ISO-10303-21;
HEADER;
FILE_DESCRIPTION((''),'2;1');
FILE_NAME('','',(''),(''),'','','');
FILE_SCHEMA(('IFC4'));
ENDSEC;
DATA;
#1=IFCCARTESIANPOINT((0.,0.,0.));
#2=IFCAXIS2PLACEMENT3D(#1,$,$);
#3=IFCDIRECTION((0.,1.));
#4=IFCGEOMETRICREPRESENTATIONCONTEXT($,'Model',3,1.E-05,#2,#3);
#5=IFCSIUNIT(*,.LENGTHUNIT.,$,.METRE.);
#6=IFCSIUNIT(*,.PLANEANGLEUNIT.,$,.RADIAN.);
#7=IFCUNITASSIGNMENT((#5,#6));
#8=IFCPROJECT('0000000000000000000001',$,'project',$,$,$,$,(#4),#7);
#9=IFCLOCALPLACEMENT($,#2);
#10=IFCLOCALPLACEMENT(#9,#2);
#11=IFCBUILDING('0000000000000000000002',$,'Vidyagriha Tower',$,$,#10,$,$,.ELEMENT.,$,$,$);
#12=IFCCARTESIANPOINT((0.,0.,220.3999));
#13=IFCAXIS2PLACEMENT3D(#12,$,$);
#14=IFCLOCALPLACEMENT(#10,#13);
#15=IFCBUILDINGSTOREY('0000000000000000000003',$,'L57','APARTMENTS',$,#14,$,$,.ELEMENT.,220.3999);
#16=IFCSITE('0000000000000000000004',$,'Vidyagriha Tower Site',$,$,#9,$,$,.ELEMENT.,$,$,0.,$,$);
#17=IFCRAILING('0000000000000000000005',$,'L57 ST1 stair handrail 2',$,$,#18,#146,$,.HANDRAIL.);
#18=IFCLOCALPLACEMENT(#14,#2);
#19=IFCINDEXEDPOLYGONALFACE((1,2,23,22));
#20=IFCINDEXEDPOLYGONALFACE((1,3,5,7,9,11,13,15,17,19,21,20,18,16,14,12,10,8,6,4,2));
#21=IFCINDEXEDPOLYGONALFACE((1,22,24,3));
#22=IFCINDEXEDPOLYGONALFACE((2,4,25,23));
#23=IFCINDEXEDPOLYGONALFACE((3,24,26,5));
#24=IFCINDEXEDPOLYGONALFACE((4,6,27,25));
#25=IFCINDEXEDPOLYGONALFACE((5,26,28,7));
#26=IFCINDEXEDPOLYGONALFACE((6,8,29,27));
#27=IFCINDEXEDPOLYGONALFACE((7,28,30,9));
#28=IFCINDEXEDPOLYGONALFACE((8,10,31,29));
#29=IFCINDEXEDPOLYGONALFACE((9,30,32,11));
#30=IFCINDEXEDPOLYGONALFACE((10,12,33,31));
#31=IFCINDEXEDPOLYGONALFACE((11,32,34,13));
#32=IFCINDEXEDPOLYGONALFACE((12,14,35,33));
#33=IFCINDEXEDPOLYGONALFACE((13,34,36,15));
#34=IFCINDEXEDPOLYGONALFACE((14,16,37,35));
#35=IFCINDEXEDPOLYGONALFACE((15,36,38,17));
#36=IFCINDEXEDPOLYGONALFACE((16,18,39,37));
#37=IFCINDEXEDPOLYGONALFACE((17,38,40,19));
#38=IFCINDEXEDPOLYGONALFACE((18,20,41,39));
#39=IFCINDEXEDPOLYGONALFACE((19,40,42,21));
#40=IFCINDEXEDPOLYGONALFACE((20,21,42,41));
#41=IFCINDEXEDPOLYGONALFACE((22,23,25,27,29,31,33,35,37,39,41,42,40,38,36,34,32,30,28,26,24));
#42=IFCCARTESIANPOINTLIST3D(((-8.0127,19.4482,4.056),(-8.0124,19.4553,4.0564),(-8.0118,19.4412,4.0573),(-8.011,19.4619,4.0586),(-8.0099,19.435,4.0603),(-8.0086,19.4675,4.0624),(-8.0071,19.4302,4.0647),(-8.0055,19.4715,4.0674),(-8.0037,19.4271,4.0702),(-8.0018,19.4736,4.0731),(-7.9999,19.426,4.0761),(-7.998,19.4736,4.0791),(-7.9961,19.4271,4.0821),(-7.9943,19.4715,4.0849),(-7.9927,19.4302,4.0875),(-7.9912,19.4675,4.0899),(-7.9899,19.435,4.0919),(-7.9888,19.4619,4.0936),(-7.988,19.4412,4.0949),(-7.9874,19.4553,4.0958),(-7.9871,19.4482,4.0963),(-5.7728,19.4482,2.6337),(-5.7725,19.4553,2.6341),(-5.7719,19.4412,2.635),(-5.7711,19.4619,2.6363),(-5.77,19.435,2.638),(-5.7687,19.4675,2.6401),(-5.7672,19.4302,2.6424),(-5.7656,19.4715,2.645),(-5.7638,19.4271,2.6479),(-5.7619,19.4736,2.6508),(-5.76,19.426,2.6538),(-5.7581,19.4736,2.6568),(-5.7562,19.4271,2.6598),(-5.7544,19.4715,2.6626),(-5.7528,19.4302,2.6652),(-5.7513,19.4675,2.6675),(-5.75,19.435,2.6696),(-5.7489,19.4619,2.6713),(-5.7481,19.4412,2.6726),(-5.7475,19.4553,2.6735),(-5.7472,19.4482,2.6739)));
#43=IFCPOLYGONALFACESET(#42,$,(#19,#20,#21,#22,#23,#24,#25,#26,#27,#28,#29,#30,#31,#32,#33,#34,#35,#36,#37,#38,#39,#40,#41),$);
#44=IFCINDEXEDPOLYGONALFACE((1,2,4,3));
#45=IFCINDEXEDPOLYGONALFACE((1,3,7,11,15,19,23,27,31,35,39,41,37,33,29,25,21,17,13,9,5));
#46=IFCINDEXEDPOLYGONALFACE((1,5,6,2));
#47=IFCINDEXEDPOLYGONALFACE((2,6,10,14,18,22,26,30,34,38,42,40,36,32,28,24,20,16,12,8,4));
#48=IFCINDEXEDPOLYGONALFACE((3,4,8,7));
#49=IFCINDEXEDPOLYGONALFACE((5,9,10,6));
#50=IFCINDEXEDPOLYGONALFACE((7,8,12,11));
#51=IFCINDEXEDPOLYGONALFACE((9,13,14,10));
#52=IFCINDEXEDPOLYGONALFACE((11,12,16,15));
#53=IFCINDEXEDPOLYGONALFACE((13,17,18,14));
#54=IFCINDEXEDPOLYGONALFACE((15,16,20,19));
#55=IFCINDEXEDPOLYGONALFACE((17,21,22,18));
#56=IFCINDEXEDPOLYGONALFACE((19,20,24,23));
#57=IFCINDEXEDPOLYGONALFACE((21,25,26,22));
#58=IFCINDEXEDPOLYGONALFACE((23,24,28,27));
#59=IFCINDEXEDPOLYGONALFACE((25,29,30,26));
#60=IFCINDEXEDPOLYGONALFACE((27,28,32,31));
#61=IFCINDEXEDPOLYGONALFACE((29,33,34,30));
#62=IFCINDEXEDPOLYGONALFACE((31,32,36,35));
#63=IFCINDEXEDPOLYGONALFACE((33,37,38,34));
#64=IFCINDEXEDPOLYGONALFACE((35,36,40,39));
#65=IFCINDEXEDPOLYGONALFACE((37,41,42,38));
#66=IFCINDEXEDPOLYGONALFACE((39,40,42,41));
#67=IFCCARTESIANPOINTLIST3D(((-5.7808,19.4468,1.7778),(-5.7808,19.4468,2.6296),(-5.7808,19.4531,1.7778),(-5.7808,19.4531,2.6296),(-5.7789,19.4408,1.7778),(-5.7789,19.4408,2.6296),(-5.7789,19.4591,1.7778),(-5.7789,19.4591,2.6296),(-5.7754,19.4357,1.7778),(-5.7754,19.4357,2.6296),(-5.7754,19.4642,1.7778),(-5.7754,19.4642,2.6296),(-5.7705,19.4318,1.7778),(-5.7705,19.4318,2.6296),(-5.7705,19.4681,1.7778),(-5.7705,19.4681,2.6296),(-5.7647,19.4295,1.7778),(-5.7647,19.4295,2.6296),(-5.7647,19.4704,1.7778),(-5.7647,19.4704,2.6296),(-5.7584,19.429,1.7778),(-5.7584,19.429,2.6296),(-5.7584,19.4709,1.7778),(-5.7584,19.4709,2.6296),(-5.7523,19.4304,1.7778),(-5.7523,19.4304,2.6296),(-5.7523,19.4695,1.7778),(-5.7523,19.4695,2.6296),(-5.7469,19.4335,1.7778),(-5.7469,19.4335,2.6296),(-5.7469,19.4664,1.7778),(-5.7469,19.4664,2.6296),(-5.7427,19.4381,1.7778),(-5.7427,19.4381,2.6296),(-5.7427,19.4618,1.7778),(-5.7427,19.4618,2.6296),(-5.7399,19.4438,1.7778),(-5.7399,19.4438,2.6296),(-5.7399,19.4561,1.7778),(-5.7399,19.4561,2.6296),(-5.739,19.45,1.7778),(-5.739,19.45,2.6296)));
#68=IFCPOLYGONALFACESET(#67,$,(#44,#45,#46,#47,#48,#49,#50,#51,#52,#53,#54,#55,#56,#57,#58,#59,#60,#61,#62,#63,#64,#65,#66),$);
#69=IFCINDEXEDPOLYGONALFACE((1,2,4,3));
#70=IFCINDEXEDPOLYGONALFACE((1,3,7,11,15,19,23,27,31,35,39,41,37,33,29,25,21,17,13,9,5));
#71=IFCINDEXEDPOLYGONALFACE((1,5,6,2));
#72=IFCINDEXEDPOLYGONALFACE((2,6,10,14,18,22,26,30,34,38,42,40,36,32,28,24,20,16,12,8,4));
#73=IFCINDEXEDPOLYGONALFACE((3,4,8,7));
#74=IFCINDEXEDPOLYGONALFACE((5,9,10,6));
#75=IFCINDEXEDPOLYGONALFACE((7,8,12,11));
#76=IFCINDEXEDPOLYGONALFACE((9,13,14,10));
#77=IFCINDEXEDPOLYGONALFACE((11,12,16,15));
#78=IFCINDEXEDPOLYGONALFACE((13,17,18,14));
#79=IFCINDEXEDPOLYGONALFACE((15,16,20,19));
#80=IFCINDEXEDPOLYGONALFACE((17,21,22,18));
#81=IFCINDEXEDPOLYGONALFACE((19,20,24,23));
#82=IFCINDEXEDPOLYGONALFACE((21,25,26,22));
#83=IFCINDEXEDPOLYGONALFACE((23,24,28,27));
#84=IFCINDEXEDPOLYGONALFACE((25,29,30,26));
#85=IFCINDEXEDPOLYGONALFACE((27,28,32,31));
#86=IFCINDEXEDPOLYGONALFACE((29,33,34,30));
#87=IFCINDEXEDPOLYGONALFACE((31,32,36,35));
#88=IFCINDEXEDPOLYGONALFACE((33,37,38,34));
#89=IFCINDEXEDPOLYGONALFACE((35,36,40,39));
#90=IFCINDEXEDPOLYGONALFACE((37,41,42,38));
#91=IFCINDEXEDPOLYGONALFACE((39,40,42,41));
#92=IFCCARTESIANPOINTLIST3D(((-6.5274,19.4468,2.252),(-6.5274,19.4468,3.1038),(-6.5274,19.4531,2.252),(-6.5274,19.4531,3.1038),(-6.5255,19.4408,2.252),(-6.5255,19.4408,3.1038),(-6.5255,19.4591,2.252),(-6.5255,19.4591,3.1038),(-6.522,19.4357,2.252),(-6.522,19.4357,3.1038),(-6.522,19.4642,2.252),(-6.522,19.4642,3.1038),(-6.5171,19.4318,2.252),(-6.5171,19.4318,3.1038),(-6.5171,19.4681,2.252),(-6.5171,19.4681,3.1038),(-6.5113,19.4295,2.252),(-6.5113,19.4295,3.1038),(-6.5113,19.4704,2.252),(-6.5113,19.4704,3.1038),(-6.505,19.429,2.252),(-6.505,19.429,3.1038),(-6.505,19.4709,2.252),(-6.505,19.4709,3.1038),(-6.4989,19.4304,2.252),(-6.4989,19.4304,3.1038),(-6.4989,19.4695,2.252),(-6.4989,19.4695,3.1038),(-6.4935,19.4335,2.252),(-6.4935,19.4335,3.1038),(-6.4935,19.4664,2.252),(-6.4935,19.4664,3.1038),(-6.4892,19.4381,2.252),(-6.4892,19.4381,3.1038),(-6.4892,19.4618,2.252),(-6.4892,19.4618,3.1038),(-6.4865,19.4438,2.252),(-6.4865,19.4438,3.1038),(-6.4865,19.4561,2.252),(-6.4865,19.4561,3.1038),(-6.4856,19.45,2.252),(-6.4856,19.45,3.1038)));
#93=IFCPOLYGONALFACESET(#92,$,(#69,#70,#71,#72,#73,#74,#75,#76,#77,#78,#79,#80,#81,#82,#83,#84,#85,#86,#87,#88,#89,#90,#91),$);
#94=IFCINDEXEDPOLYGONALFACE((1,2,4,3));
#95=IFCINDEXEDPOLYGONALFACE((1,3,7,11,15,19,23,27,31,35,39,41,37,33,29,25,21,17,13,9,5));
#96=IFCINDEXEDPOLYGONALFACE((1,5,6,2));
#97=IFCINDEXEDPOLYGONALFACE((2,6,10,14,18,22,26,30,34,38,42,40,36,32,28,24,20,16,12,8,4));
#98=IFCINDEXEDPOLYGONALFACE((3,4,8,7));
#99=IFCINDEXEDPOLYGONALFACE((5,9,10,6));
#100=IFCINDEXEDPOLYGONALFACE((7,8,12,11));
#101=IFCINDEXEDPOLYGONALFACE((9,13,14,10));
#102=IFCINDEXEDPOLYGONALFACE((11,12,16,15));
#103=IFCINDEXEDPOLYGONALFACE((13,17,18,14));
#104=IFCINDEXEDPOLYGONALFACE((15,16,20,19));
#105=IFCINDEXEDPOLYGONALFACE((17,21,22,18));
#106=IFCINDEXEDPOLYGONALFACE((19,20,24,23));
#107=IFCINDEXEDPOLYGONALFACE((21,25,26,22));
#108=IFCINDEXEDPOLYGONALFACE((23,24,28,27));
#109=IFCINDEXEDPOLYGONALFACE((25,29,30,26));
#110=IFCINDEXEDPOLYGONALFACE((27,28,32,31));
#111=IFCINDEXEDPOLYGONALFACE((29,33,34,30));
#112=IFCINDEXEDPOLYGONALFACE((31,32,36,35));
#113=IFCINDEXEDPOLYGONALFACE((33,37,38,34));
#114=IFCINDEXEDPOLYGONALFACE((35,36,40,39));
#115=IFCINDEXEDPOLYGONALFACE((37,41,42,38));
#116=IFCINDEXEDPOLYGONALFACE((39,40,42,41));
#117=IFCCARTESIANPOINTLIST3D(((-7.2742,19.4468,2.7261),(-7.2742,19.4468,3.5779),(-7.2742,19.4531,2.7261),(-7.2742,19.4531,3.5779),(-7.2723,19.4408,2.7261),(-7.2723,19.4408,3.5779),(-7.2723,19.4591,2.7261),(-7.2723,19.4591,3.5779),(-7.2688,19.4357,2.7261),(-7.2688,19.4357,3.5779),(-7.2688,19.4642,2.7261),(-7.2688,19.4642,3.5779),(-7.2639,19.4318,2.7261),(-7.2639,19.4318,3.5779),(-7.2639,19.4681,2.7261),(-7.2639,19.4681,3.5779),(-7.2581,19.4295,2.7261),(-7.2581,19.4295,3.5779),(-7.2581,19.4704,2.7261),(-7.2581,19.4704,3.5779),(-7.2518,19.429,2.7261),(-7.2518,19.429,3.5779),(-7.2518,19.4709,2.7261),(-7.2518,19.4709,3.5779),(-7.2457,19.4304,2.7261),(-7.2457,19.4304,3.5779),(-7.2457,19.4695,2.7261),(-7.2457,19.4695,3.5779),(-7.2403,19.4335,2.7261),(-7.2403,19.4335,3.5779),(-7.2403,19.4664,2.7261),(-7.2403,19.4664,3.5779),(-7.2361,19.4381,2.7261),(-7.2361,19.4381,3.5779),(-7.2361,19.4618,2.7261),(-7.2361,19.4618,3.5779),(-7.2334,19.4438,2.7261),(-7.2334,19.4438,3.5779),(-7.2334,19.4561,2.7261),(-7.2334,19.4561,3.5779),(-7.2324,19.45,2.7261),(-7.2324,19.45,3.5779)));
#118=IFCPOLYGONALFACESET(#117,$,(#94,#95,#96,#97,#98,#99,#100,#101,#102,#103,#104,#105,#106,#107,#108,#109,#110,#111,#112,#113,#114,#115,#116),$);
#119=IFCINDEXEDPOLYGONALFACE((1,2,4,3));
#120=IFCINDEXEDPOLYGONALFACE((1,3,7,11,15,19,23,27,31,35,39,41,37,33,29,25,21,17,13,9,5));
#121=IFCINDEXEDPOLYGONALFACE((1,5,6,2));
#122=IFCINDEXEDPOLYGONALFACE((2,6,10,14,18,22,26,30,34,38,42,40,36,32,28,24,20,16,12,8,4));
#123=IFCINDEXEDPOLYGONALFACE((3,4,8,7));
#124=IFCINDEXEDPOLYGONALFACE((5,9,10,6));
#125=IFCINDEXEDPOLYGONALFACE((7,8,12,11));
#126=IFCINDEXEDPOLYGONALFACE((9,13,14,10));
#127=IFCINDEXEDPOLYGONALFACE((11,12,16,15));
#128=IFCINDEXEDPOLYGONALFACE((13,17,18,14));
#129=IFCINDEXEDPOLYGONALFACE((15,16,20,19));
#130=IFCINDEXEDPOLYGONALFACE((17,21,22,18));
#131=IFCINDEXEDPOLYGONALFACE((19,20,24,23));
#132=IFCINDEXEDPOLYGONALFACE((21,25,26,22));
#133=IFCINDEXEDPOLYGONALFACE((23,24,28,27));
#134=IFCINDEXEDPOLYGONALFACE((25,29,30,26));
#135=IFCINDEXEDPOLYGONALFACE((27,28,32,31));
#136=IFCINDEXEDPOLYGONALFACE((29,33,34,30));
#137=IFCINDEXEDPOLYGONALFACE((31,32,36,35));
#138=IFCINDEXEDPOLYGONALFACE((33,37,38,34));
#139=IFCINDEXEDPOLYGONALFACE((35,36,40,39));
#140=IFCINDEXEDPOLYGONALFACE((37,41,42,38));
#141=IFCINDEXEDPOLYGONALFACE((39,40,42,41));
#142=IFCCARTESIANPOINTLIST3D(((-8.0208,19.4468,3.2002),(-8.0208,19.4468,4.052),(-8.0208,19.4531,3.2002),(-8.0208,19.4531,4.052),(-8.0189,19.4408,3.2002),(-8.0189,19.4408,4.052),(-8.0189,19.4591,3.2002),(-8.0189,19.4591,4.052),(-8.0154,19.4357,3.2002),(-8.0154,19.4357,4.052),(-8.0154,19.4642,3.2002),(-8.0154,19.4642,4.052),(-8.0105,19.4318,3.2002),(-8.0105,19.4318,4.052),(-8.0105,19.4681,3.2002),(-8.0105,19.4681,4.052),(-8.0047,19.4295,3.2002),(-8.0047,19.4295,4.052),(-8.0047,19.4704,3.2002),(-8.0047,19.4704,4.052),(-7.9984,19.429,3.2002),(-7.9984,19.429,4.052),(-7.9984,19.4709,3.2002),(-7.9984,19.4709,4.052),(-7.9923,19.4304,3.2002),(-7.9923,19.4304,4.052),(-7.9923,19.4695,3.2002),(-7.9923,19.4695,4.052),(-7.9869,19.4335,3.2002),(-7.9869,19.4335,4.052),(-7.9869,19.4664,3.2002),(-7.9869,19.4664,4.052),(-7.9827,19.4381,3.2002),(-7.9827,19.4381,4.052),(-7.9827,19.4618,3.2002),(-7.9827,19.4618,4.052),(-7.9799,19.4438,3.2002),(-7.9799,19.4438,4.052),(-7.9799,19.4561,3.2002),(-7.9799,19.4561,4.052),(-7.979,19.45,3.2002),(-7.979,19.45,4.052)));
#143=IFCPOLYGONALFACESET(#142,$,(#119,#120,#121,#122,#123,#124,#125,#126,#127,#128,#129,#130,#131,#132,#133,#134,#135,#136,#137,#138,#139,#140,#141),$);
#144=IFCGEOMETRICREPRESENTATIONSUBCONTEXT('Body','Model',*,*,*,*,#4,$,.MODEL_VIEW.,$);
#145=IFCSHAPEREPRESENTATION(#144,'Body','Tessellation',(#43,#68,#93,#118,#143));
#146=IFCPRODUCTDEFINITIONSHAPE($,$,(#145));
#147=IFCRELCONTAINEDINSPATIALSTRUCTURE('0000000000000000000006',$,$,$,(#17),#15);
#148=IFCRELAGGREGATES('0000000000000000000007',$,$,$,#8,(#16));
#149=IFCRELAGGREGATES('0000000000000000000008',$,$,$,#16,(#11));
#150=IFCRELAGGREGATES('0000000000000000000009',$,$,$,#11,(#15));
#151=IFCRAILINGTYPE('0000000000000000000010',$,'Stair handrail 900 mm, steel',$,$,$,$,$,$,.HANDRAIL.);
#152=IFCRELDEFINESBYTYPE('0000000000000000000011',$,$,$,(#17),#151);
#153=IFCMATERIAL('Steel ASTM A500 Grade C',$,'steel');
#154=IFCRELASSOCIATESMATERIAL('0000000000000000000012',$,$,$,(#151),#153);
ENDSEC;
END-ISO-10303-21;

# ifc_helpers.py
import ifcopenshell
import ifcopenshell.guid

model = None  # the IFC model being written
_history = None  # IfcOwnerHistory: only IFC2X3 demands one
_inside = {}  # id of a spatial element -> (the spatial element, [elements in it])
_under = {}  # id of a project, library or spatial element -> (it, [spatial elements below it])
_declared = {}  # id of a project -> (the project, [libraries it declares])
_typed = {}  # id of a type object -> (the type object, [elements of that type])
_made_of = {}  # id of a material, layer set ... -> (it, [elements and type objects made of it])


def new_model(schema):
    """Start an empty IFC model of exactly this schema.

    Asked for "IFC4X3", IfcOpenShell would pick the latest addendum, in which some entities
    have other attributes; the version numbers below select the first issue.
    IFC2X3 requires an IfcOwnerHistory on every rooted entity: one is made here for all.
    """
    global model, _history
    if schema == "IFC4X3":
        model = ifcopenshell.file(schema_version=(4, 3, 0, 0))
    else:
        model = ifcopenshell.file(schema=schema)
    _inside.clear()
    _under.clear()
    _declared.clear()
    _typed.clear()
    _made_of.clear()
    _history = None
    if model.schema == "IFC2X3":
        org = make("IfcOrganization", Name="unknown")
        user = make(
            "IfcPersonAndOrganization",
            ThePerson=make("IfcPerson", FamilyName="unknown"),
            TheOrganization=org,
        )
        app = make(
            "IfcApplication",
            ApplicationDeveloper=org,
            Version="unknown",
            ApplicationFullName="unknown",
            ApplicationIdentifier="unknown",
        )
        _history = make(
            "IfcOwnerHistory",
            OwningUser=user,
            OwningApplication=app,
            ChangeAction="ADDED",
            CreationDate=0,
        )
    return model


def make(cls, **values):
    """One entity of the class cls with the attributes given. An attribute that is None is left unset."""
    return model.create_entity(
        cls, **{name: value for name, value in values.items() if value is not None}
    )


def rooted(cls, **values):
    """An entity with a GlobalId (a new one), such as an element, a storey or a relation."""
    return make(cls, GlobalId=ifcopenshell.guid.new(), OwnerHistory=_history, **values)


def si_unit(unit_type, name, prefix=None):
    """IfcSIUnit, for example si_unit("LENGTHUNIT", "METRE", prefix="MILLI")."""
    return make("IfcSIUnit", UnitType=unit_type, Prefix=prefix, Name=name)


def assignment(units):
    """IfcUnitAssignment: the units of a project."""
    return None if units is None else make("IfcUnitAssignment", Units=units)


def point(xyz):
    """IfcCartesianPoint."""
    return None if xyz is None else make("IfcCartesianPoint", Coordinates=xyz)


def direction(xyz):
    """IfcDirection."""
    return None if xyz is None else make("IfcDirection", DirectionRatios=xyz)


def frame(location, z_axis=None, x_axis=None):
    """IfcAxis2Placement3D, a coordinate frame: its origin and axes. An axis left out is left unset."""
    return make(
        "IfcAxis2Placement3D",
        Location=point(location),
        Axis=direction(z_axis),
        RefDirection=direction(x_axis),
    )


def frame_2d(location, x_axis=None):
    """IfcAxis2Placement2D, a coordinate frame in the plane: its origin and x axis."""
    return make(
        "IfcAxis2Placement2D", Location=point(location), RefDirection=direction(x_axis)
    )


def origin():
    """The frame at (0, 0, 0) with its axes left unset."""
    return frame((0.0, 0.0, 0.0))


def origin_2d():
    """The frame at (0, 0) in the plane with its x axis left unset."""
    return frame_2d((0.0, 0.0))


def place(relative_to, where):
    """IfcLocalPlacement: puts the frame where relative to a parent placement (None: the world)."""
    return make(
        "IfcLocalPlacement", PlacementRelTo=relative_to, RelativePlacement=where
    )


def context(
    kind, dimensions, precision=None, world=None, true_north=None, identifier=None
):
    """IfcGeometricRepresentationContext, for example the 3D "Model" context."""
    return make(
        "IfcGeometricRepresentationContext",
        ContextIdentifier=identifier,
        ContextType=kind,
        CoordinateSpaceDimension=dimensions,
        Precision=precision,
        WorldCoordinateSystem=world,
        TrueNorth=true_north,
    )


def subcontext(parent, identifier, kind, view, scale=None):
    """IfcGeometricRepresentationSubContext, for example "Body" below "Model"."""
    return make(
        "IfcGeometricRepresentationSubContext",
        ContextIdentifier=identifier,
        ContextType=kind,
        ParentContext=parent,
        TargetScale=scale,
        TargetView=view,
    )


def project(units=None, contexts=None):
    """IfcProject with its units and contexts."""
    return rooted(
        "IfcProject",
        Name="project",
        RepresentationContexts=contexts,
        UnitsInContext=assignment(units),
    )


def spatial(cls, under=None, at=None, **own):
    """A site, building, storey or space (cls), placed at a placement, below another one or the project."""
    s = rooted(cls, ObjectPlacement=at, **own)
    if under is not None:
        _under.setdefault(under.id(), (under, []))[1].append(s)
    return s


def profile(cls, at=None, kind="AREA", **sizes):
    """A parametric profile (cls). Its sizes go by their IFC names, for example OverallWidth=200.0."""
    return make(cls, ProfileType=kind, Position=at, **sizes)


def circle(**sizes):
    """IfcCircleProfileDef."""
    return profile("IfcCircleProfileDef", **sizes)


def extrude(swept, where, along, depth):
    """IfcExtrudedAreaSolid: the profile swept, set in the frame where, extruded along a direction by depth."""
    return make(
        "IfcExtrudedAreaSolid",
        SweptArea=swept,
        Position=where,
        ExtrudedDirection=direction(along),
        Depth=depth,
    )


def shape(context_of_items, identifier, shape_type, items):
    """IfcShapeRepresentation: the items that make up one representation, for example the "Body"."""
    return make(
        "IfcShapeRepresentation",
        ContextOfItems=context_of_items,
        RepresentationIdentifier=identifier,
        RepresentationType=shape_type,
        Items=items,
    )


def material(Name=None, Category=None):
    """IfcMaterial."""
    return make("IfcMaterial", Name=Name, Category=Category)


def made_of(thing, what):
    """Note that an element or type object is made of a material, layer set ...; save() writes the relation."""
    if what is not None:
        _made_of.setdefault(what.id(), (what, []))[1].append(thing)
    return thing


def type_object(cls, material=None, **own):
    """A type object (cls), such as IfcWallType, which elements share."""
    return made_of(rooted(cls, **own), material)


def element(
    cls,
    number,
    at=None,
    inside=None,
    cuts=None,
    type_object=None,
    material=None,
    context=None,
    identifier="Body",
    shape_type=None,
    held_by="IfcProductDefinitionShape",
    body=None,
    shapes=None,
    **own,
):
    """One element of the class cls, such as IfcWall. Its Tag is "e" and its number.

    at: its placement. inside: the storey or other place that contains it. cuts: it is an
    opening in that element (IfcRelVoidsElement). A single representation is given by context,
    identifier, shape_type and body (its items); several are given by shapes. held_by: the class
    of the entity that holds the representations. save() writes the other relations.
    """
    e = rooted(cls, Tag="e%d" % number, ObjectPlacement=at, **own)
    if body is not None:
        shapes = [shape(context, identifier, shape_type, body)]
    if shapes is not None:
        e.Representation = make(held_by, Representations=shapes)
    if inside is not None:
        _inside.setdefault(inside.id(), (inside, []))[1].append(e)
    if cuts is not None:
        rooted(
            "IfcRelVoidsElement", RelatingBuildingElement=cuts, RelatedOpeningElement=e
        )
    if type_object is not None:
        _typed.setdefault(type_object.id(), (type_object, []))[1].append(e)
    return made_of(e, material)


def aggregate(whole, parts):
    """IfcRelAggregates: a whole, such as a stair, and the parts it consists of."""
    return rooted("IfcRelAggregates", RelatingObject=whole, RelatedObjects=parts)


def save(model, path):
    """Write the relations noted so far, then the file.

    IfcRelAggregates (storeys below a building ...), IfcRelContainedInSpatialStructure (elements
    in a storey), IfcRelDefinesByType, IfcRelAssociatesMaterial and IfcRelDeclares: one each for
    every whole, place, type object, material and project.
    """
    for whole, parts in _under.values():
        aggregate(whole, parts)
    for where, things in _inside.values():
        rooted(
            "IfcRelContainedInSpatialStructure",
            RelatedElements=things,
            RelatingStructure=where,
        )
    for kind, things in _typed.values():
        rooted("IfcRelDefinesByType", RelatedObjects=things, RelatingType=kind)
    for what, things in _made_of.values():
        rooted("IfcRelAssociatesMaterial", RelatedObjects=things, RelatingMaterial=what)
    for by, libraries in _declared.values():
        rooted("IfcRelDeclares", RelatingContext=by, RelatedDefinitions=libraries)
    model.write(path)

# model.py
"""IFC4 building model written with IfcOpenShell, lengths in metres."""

from ifc_helpers import new_model, si_unit, direction, frame, origin, origin_2d, place, context, subcontext, project, spatial, circle, extrude, material, type_object, element, save


model = new_model("IFC4")

# Units and contexts
model_context = context("Model", 3, precision=1e-05, world=origin(), true_north=direction((0.0, 1.0)))
body_context = subcontext(model_context, "Body", "Model", "MODEL_VIEW")
ifc_project = project(units=[si_unit("LENGTHUNIT", "METRE"), si_unit("PLANEANGLEUNIT", "RADIAN")], contexts=[model_context])

# Site, building, storey
site_placement = place(None, origin())
site = spatial("IfcSite", under=ifc_project, at=site_placement, Name="Vidyagriha Tower Site", CompositionType="ELEMENT", RefElevation=0.0)
building_placement = place(site_placement, origin())
building = spatial("IfcBuilding", under=site, at=building_placement, Name="Vidyagriha Tower", CompositionType="ELEMENT")
storey_placement = place(building_placement, frame((0.0, 0.0, 220.3999)))
storey = spatial("IfcBuildingStorey", under=building, at=storey_placement, Name="L57", Description="APARTMENTS", CompositionType="ELEMENT", Elevation=220.3999)

# Railing
ifc_material_1 = material(Name="Steel ASTM A500 Grade C", Category="steel")
railing_type_1 = type_object("IfcRailingType", Name="Stair handrail 900 mm, steel", PredefinedType="HANDRAIL", material=ifc_material_1)
railing_1_placement = place(storey_placement, frame((-5.76, 19.45, 1.7778)))
element("IfcRailing", 1, at=railing_1_placement, inside=storey, type_object=railing_type_1, Name="L57 ST1 stair handrail 2", PredefinedType="HANDRAIL", context=body_context, shape_type="SweptSolid", body=[
    extrude(circle(Radius=0.0239, at=origin_2d()), frame((0.0, 0.0, 0.876), z_axis=(-0.844188, 0.0, 0.536048), x_axis=(0.0, -1.0, 0.0)), (0.0, 0.0, 1.0), 2.6533),
    extrude(circle(Radius=0.021, at=origin_2d()), origin(), (0.0, 0.0, 1.0), 0.8518),
    extrude(circle(Radius=0.021, at=origin_2d()), frame((-0.7466, 0.0, 0.4741)), (0.0, 0.0, 1.0), 0.8518),
    extrude(circle(Radius=0.021, at=origin_2d()), frame((-1.4934, 0.0, 0.9482)), (0.0, 0.0, 1.0), 0.8518),
    extrude(circle(Radius=0.021, at=origin_2d()), frame((-2.24, 0.0, 1.4224)), (0.0, 0.0, 1.0), 0.8518),
])

save(model, "model.ifc")
